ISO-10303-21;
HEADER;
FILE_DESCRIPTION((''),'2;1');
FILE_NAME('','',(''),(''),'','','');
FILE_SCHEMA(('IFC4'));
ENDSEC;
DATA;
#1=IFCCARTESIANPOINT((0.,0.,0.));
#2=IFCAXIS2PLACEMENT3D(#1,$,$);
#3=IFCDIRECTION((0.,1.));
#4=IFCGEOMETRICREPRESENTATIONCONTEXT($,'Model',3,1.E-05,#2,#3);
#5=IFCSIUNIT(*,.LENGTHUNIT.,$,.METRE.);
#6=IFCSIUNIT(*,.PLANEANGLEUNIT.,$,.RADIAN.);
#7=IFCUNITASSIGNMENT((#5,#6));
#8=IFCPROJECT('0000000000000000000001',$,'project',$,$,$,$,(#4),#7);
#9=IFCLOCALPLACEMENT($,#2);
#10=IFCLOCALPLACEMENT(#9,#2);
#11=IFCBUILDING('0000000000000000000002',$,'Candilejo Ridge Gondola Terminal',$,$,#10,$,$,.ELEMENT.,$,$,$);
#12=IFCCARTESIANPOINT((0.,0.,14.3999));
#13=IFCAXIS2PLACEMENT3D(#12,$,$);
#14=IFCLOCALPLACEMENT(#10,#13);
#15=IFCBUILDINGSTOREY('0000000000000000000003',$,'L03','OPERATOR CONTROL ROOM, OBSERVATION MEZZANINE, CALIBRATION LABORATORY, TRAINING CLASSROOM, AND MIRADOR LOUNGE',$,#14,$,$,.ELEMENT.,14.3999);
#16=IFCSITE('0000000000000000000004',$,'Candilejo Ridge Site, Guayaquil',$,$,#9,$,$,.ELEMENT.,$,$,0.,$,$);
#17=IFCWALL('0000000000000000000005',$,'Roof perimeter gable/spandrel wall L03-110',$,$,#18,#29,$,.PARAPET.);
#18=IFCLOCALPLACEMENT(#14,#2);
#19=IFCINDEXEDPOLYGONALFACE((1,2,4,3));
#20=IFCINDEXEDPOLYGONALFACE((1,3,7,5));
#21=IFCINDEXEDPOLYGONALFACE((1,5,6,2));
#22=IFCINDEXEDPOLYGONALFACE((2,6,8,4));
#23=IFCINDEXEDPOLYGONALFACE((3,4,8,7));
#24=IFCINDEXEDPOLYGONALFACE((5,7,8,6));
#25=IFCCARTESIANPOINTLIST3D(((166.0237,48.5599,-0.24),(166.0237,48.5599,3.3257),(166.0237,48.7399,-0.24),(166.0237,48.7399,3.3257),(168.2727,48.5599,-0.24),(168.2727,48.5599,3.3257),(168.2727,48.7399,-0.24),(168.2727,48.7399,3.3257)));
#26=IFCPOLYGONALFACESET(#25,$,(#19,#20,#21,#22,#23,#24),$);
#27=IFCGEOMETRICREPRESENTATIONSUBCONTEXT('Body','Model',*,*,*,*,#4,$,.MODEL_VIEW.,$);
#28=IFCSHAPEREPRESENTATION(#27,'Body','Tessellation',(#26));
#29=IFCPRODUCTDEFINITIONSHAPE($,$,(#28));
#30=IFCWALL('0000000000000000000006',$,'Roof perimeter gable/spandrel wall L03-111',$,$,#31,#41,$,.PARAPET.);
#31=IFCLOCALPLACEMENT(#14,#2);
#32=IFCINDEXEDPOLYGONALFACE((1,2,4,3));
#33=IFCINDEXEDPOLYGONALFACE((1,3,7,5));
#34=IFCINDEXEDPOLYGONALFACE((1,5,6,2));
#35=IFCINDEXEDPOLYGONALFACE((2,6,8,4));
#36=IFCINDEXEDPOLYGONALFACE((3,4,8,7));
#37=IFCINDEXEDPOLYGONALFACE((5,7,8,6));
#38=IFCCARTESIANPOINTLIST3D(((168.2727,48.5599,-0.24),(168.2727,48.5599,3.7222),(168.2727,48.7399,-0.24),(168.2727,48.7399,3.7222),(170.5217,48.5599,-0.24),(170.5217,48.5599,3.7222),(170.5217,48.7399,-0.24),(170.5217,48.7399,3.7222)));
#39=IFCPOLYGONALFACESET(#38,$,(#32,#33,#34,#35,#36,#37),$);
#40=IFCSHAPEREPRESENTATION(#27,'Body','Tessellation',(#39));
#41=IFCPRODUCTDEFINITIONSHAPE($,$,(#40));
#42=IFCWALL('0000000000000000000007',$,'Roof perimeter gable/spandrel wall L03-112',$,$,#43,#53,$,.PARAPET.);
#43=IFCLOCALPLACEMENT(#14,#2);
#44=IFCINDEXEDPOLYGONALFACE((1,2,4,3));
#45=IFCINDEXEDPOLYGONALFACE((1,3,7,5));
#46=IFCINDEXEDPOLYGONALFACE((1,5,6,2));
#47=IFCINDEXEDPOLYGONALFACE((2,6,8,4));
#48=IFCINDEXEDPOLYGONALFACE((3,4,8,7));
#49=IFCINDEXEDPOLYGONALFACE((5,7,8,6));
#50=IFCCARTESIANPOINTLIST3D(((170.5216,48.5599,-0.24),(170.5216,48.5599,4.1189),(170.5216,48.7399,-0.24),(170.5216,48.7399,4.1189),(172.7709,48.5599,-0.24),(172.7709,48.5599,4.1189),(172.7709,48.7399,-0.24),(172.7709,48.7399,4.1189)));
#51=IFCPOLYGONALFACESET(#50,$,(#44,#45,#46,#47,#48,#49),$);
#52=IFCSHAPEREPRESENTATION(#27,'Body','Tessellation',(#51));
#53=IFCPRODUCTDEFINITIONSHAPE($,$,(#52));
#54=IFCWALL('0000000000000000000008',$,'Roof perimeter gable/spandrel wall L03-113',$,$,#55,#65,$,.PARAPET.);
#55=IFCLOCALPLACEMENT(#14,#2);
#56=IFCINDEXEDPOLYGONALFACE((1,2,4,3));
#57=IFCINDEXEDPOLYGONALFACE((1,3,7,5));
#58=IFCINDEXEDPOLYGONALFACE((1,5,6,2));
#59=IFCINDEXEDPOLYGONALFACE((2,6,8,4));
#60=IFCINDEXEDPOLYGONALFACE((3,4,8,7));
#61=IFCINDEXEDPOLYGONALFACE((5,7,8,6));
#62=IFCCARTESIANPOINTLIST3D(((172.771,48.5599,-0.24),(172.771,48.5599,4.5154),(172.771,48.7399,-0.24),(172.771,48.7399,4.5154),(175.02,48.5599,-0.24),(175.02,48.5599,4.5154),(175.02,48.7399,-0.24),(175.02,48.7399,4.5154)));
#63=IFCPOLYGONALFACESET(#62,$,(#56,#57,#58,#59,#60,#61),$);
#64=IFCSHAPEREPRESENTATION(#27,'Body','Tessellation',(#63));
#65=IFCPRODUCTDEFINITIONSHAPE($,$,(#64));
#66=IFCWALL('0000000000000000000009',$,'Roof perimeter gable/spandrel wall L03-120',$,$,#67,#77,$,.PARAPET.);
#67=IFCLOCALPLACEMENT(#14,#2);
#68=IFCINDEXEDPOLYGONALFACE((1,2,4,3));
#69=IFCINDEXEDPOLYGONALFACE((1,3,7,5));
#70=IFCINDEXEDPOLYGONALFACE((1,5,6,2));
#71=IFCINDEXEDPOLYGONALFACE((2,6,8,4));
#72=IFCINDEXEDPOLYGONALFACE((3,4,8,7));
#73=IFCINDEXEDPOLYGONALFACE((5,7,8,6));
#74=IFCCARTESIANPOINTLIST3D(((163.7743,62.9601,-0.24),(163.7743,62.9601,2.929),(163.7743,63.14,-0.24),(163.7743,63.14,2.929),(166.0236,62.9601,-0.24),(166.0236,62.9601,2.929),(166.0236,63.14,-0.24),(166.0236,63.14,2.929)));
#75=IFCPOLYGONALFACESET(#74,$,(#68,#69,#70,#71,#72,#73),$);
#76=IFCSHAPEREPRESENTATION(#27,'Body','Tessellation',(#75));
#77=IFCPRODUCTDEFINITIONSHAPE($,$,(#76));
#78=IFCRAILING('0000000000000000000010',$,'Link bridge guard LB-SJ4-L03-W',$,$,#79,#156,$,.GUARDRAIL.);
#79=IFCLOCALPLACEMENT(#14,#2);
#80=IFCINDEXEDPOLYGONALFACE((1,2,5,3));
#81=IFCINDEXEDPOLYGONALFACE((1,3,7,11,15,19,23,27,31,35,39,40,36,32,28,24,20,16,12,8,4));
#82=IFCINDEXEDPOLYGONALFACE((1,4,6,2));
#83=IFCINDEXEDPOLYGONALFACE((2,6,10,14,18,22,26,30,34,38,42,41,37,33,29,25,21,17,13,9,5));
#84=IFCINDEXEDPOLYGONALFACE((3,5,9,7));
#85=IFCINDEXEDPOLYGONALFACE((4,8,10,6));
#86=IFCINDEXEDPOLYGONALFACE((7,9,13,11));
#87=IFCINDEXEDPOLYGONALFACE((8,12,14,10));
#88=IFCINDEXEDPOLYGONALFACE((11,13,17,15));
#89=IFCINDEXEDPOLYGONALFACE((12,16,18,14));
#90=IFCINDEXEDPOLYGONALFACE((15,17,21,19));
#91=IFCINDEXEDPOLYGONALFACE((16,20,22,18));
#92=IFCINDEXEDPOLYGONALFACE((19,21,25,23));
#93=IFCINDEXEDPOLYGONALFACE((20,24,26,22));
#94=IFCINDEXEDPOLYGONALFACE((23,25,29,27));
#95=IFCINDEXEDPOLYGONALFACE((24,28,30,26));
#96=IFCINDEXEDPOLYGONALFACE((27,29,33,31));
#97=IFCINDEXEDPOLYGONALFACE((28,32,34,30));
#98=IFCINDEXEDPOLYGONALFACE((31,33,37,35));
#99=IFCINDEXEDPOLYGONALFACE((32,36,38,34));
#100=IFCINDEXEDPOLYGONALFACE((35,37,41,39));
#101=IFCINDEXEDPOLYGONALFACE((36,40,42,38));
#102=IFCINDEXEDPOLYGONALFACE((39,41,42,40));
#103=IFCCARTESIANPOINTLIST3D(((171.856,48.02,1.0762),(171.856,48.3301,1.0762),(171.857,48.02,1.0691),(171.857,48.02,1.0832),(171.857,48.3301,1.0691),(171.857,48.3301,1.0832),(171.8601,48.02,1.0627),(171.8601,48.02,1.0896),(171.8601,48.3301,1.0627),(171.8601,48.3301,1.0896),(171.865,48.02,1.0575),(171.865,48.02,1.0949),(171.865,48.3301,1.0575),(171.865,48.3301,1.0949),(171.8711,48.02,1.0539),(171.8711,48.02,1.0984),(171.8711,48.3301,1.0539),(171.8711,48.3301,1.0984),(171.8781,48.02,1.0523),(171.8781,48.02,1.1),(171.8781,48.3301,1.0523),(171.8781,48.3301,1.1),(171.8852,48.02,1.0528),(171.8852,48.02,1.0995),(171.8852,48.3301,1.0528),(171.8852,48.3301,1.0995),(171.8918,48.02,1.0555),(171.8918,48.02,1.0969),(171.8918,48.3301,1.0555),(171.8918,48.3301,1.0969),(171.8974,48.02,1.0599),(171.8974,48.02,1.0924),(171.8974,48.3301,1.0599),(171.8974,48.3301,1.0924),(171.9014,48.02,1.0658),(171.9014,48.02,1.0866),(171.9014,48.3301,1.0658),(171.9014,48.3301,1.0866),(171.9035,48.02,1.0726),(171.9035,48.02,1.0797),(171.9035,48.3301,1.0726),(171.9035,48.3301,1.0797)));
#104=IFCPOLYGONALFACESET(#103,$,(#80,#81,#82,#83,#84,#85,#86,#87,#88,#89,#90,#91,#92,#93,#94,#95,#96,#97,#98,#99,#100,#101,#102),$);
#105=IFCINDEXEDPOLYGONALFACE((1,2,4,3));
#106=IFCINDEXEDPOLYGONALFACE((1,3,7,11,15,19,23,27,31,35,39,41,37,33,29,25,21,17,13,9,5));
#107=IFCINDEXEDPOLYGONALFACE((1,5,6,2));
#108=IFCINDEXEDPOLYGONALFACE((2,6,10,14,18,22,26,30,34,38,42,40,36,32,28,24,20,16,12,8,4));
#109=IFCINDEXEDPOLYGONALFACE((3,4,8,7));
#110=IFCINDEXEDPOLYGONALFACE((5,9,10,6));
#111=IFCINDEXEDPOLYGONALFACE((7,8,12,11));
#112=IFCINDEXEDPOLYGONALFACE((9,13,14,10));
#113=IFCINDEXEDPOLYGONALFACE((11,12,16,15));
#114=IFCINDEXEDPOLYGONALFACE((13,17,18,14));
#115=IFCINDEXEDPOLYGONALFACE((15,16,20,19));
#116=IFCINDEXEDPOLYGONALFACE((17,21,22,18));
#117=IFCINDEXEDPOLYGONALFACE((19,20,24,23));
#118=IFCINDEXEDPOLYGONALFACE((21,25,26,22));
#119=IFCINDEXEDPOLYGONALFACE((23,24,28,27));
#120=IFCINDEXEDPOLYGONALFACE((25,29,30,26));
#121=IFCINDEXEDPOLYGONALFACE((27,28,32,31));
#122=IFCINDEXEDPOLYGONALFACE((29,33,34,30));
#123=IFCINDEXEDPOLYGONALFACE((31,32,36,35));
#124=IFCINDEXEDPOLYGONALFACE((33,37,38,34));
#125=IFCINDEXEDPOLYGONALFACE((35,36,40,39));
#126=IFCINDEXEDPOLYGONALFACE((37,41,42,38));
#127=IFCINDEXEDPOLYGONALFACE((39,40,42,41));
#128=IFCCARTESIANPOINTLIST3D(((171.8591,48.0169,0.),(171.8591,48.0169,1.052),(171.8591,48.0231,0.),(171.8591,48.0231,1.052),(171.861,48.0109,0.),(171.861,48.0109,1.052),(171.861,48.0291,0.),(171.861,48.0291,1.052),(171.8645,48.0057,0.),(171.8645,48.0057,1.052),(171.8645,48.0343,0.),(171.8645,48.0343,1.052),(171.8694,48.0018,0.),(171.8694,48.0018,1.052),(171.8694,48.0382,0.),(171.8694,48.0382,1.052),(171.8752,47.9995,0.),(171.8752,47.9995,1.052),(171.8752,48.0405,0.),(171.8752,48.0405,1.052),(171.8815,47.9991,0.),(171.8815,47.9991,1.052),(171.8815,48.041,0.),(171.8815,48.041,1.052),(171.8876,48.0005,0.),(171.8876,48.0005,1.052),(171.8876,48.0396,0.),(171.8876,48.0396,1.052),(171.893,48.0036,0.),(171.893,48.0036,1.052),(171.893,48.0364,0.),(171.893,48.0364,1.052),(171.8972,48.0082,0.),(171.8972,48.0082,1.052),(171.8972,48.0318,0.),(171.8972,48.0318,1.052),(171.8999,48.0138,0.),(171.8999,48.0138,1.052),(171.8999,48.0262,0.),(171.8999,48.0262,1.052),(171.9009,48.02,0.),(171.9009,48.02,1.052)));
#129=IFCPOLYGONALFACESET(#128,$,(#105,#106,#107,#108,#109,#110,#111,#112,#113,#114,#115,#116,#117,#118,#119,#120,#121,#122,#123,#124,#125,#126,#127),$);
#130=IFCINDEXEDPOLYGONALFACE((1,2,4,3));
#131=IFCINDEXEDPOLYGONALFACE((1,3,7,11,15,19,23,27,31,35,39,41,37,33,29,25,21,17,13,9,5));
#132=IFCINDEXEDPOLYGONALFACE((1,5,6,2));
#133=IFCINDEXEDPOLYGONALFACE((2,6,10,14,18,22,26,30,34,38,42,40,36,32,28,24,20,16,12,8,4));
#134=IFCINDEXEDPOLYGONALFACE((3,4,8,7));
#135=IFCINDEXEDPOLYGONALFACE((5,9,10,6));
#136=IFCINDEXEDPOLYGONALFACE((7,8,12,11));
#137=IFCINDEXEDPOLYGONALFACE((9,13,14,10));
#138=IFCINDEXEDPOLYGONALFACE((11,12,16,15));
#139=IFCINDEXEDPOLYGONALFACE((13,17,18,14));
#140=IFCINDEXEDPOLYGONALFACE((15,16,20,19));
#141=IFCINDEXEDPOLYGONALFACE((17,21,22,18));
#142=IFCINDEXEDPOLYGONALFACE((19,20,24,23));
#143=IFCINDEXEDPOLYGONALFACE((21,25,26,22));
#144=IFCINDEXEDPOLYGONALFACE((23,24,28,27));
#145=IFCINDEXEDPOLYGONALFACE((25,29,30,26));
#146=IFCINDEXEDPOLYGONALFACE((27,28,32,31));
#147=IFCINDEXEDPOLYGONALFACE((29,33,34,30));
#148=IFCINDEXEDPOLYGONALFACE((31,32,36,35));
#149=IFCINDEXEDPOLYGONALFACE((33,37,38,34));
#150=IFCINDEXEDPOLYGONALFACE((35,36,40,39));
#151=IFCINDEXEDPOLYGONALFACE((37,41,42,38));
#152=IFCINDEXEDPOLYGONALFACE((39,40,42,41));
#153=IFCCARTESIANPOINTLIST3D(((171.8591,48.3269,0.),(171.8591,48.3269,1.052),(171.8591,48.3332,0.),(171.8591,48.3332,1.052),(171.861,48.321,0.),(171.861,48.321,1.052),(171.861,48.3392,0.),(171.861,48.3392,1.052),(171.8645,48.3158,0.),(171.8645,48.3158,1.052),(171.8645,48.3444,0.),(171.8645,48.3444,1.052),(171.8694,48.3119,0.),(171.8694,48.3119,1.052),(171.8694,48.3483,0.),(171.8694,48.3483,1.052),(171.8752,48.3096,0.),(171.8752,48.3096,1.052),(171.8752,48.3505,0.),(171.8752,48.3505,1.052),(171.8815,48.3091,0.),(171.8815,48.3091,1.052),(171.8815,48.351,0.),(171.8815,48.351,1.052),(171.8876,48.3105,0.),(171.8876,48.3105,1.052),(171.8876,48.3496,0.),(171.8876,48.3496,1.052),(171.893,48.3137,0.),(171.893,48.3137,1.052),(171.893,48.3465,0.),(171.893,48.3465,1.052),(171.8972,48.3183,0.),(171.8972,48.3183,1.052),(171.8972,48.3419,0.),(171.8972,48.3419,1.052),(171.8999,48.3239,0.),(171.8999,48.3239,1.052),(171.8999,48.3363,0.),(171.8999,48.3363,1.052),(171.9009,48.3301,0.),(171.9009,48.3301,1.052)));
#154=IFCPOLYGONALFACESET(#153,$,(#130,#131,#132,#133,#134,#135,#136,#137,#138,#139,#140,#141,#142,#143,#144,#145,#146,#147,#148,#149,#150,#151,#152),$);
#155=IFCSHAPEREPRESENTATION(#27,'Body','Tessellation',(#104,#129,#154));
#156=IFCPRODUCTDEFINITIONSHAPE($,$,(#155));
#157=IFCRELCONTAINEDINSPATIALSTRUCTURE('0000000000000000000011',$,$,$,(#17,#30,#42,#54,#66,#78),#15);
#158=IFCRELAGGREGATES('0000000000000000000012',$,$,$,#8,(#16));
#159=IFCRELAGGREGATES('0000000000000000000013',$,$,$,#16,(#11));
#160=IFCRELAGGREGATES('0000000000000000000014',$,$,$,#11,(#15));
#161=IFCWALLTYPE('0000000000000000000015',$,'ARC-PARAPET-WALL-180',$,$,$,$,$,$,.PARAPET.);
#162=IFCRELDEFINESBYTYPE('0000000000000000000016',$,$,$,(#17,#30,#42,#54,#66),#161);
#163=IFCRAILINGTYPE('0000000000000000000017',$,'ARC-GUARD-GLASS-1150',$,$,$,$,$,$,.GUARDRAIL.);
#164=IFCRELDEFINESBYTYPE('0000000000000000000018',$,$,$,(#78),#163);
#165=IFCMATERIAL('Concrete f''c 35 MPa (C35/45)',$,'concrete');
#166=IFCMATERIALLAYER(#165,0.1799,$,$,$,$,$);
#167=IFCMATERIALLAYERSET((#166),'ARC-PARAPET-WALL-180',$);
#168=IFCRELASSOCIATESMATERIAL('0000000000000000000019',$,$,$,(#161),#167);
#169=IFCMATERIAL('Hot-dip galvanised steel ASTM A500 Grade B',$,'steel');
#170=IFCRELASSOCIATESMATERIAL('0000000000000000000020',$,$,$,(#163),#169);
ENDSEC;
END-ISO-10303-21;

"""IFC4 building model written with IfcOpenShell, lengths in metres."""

from ifc_helpers import new_model, si_unit, direction, frame, frame_2d, origin, origin_2d, place, context, subcontext, project, spatial, rectangle, circle, extrude, material, layer, layer_set, type_object, element, save


model = new_model("IFC4")

# Units and contexts
model_context = context("Model", 3, precision=1e-05, world=origin(), true_north=direction((0.0, 1.0)))
body_context = subcontext(model_context, "Body", "Model", "MODEL_VIEW")
ifc_project = project(units=[si_unit("LENGTHUNIT", "METRE"), si_unit("PLANEANGLEUNIT", "RADIAN")], contexts=[model_context])

# Site, building, storey
site_placement = place(None, origin())
site = spatial("IfcSite", under=ifc_project, at=site_placement, Name="Candilejo Ridge Site, Guayaquil", CompositionType="ELEMENT", RefElevation=0.0)
building_placement = place(site_placement, origin())
building = spatial("IfcBuilding", under=site, at=building_placement, Name="Candilejo Ridge Gondola Terminal", CompositionType="ELEMENT")
storey_placement = place(building_placement, frame((0.0, 0.0, 14.3999)))
storey = spatial("IfcBuildingStorey", under=building, at=storey_placement, Name="L03", Description="OPERATOR CONTROL ROOM, OBSERVATION MEZZANINE, CALIBRATION LABORATORY, TRAINING CLASSROOM, AND MIRADOR LOUNGE", CompositionType="ELEMENT", Elevation=14.3999)

# Walls
ifc_material_1 = material(Name="Concrete f'c 35 MPa (C35/45)", Category="concrete")
ifc_layer_1 = layer(ifc_material_1, 0.1799)
ifc_layer_set_1 = layer_set([ifc_layer_1], Name="ARC-PARAPET-WALL-180")
wall_type = type_object("IfcWallType", Name="ARC-PARAPET-WALL-180", PredefinedType="PARAPET", material=ifc_layer_set_1)
wall_1_placement = place(storey_placement, frame((166.0237, 48.6499, -0.24), z_axis=(0.0, 0.0, 1.0), x_axis=(1.0, 0.0, 0.0)))
element("IfcWall", 1, at=wall_1_placement, inside=storey, type_object=wall_type, Name="Roof perimeter gable/spandrel wall L03-110", PredefinedType="PARAPET", context=body_context, shape_type="SweptSolid", body=[
    extrude(rectangle(XDim=2.249, YDim=0.1799, at=frame_2d((1.1245, 0.0))), origin(), (0.0, 0.0, 1.0), 3.5657),
])
wall_2_placement = place(storey_placement, frame((168.2727, 48.6499, -0.24), z_axis=(0.0, 0.0, 1.0), x_axis=(1.0, 0.0, 0.0)))
element("IfcWall", 2, at=wall_2_placement, inside=storey, type_object=wall_type, Name="Roof perimeter gable/spandrel wall L03-111", PredefinedType="PARAPET", context=body_context, shape_type="SweptSolid", body=[
    extrude(rectangle(XDim=2.249, YDim=0.1799, at=frame_2d((1.1245, 0.0))), origin(), (0.0, 0.0, 1.0), 3.9622),
])
wall_3_placement = place(storey_placement, frame((170.5217, 48.6499, -0.24), z_axis=(0.0, 0.0, 1.0), x_axis=(1.0, 0.0, 0.0)))
element("IfcWall", 3, at=wall_3_placement, inside=storey, type_object=wall_type, Name="Roof perimeter gable/spandrel wall L03-112", PredefinedType="PARAPET", context=body_context, shape_type="SweptSolid", body=[
    extrude(rectangle(XDim=2.2493, YDim=0.1799, at=frame_2d((1.1245, 0.0))), origin(), (0.0, 0.0, 1.0), 4.3589),
])
wall_4_placement = place(storey_placement, frame((172.771, 48.6499, -0.24), z_axis=(0.0, 0.0, 1.0), x_axis=(1.0, 0.0, 0.0)))
element("IfcWall", 4, at=wall_4_placement, inside=storey, type_object=wall_type, Name="Roof perimeter gable/spandrel wall L03-113", PredefinedType="PARAPET", context=body_context, shape_type="SweptSolid", body=[
    extrude(rectangle(XDim=2.249, YDim=0.1799, at=frame_2d((1.1245, 0.0))), origin(), (0.0, 0.0, 1.0), 4.7554),
])
wall_5_placement = place(storey_placement, frame((163.7744, 63.05, -0.24), z_axis=(0.0, 0.0, 1.0), x_axis=(1.0, 0.0, 0.0)))
element("IfcWall", 5, at=wall_5_placement, inside=storey, type_object=wall_type, Name="Roof perimeter gable/spandrel wall L03-120", PredefinedType="PARAPET", context=body_context, shape_type="SweptSolid", body=[
    extrude(rectangle(XDim=2.2493, YDim=0.1799, at=frame_2d((1.1245, 0.0))), origin(), (0.0, 0.0, 1.0), 3.1689),
])

# Railing
ifc_material_2 = material(Name="Hot-dip galvanised steel ASTM A500 Grade B", Category="steel")
railing_type = type_object("IfcRailingType", Name="ARC-GUARD-GLASS-1150", PredefinedType="GUARDRAIL", material=ifc_material_2)
for number, where, name in (
    (6, (171.8799, 48.02, 0.0), "Link bridge guard LB-SJ4-L03-W"),
):
    element("IfcRailing", number, at=place(storey_placement, frame(where)), inside=storey, type_object=railing_type, Name=name, PredefinedType="GUARDRAIL", context=body_context, shape_type="SweptSolid", body=[
        extrude(circle(Radius=0.0239, at=origin_2d()), frame((0.0, 0.0, 1.0762), z_axis=(0.0, 1.0, 0.0), x_axis=(-1.0, 0.0, 0.0)), (0.0, 0.0, 1.0), 0.3101),
        extrude(circle(Radius=0.021, at=origin_2d()), origin(), (0.0, 0.0, 1.0), 1.052),
        extrude(circle(Radius=0.021, at=origin_2d()), frame((0.0, 0.3101, 0.0)), (0.0, 0.0, 1.0), 1.052),
    ])

save(model, "model.ifc")
